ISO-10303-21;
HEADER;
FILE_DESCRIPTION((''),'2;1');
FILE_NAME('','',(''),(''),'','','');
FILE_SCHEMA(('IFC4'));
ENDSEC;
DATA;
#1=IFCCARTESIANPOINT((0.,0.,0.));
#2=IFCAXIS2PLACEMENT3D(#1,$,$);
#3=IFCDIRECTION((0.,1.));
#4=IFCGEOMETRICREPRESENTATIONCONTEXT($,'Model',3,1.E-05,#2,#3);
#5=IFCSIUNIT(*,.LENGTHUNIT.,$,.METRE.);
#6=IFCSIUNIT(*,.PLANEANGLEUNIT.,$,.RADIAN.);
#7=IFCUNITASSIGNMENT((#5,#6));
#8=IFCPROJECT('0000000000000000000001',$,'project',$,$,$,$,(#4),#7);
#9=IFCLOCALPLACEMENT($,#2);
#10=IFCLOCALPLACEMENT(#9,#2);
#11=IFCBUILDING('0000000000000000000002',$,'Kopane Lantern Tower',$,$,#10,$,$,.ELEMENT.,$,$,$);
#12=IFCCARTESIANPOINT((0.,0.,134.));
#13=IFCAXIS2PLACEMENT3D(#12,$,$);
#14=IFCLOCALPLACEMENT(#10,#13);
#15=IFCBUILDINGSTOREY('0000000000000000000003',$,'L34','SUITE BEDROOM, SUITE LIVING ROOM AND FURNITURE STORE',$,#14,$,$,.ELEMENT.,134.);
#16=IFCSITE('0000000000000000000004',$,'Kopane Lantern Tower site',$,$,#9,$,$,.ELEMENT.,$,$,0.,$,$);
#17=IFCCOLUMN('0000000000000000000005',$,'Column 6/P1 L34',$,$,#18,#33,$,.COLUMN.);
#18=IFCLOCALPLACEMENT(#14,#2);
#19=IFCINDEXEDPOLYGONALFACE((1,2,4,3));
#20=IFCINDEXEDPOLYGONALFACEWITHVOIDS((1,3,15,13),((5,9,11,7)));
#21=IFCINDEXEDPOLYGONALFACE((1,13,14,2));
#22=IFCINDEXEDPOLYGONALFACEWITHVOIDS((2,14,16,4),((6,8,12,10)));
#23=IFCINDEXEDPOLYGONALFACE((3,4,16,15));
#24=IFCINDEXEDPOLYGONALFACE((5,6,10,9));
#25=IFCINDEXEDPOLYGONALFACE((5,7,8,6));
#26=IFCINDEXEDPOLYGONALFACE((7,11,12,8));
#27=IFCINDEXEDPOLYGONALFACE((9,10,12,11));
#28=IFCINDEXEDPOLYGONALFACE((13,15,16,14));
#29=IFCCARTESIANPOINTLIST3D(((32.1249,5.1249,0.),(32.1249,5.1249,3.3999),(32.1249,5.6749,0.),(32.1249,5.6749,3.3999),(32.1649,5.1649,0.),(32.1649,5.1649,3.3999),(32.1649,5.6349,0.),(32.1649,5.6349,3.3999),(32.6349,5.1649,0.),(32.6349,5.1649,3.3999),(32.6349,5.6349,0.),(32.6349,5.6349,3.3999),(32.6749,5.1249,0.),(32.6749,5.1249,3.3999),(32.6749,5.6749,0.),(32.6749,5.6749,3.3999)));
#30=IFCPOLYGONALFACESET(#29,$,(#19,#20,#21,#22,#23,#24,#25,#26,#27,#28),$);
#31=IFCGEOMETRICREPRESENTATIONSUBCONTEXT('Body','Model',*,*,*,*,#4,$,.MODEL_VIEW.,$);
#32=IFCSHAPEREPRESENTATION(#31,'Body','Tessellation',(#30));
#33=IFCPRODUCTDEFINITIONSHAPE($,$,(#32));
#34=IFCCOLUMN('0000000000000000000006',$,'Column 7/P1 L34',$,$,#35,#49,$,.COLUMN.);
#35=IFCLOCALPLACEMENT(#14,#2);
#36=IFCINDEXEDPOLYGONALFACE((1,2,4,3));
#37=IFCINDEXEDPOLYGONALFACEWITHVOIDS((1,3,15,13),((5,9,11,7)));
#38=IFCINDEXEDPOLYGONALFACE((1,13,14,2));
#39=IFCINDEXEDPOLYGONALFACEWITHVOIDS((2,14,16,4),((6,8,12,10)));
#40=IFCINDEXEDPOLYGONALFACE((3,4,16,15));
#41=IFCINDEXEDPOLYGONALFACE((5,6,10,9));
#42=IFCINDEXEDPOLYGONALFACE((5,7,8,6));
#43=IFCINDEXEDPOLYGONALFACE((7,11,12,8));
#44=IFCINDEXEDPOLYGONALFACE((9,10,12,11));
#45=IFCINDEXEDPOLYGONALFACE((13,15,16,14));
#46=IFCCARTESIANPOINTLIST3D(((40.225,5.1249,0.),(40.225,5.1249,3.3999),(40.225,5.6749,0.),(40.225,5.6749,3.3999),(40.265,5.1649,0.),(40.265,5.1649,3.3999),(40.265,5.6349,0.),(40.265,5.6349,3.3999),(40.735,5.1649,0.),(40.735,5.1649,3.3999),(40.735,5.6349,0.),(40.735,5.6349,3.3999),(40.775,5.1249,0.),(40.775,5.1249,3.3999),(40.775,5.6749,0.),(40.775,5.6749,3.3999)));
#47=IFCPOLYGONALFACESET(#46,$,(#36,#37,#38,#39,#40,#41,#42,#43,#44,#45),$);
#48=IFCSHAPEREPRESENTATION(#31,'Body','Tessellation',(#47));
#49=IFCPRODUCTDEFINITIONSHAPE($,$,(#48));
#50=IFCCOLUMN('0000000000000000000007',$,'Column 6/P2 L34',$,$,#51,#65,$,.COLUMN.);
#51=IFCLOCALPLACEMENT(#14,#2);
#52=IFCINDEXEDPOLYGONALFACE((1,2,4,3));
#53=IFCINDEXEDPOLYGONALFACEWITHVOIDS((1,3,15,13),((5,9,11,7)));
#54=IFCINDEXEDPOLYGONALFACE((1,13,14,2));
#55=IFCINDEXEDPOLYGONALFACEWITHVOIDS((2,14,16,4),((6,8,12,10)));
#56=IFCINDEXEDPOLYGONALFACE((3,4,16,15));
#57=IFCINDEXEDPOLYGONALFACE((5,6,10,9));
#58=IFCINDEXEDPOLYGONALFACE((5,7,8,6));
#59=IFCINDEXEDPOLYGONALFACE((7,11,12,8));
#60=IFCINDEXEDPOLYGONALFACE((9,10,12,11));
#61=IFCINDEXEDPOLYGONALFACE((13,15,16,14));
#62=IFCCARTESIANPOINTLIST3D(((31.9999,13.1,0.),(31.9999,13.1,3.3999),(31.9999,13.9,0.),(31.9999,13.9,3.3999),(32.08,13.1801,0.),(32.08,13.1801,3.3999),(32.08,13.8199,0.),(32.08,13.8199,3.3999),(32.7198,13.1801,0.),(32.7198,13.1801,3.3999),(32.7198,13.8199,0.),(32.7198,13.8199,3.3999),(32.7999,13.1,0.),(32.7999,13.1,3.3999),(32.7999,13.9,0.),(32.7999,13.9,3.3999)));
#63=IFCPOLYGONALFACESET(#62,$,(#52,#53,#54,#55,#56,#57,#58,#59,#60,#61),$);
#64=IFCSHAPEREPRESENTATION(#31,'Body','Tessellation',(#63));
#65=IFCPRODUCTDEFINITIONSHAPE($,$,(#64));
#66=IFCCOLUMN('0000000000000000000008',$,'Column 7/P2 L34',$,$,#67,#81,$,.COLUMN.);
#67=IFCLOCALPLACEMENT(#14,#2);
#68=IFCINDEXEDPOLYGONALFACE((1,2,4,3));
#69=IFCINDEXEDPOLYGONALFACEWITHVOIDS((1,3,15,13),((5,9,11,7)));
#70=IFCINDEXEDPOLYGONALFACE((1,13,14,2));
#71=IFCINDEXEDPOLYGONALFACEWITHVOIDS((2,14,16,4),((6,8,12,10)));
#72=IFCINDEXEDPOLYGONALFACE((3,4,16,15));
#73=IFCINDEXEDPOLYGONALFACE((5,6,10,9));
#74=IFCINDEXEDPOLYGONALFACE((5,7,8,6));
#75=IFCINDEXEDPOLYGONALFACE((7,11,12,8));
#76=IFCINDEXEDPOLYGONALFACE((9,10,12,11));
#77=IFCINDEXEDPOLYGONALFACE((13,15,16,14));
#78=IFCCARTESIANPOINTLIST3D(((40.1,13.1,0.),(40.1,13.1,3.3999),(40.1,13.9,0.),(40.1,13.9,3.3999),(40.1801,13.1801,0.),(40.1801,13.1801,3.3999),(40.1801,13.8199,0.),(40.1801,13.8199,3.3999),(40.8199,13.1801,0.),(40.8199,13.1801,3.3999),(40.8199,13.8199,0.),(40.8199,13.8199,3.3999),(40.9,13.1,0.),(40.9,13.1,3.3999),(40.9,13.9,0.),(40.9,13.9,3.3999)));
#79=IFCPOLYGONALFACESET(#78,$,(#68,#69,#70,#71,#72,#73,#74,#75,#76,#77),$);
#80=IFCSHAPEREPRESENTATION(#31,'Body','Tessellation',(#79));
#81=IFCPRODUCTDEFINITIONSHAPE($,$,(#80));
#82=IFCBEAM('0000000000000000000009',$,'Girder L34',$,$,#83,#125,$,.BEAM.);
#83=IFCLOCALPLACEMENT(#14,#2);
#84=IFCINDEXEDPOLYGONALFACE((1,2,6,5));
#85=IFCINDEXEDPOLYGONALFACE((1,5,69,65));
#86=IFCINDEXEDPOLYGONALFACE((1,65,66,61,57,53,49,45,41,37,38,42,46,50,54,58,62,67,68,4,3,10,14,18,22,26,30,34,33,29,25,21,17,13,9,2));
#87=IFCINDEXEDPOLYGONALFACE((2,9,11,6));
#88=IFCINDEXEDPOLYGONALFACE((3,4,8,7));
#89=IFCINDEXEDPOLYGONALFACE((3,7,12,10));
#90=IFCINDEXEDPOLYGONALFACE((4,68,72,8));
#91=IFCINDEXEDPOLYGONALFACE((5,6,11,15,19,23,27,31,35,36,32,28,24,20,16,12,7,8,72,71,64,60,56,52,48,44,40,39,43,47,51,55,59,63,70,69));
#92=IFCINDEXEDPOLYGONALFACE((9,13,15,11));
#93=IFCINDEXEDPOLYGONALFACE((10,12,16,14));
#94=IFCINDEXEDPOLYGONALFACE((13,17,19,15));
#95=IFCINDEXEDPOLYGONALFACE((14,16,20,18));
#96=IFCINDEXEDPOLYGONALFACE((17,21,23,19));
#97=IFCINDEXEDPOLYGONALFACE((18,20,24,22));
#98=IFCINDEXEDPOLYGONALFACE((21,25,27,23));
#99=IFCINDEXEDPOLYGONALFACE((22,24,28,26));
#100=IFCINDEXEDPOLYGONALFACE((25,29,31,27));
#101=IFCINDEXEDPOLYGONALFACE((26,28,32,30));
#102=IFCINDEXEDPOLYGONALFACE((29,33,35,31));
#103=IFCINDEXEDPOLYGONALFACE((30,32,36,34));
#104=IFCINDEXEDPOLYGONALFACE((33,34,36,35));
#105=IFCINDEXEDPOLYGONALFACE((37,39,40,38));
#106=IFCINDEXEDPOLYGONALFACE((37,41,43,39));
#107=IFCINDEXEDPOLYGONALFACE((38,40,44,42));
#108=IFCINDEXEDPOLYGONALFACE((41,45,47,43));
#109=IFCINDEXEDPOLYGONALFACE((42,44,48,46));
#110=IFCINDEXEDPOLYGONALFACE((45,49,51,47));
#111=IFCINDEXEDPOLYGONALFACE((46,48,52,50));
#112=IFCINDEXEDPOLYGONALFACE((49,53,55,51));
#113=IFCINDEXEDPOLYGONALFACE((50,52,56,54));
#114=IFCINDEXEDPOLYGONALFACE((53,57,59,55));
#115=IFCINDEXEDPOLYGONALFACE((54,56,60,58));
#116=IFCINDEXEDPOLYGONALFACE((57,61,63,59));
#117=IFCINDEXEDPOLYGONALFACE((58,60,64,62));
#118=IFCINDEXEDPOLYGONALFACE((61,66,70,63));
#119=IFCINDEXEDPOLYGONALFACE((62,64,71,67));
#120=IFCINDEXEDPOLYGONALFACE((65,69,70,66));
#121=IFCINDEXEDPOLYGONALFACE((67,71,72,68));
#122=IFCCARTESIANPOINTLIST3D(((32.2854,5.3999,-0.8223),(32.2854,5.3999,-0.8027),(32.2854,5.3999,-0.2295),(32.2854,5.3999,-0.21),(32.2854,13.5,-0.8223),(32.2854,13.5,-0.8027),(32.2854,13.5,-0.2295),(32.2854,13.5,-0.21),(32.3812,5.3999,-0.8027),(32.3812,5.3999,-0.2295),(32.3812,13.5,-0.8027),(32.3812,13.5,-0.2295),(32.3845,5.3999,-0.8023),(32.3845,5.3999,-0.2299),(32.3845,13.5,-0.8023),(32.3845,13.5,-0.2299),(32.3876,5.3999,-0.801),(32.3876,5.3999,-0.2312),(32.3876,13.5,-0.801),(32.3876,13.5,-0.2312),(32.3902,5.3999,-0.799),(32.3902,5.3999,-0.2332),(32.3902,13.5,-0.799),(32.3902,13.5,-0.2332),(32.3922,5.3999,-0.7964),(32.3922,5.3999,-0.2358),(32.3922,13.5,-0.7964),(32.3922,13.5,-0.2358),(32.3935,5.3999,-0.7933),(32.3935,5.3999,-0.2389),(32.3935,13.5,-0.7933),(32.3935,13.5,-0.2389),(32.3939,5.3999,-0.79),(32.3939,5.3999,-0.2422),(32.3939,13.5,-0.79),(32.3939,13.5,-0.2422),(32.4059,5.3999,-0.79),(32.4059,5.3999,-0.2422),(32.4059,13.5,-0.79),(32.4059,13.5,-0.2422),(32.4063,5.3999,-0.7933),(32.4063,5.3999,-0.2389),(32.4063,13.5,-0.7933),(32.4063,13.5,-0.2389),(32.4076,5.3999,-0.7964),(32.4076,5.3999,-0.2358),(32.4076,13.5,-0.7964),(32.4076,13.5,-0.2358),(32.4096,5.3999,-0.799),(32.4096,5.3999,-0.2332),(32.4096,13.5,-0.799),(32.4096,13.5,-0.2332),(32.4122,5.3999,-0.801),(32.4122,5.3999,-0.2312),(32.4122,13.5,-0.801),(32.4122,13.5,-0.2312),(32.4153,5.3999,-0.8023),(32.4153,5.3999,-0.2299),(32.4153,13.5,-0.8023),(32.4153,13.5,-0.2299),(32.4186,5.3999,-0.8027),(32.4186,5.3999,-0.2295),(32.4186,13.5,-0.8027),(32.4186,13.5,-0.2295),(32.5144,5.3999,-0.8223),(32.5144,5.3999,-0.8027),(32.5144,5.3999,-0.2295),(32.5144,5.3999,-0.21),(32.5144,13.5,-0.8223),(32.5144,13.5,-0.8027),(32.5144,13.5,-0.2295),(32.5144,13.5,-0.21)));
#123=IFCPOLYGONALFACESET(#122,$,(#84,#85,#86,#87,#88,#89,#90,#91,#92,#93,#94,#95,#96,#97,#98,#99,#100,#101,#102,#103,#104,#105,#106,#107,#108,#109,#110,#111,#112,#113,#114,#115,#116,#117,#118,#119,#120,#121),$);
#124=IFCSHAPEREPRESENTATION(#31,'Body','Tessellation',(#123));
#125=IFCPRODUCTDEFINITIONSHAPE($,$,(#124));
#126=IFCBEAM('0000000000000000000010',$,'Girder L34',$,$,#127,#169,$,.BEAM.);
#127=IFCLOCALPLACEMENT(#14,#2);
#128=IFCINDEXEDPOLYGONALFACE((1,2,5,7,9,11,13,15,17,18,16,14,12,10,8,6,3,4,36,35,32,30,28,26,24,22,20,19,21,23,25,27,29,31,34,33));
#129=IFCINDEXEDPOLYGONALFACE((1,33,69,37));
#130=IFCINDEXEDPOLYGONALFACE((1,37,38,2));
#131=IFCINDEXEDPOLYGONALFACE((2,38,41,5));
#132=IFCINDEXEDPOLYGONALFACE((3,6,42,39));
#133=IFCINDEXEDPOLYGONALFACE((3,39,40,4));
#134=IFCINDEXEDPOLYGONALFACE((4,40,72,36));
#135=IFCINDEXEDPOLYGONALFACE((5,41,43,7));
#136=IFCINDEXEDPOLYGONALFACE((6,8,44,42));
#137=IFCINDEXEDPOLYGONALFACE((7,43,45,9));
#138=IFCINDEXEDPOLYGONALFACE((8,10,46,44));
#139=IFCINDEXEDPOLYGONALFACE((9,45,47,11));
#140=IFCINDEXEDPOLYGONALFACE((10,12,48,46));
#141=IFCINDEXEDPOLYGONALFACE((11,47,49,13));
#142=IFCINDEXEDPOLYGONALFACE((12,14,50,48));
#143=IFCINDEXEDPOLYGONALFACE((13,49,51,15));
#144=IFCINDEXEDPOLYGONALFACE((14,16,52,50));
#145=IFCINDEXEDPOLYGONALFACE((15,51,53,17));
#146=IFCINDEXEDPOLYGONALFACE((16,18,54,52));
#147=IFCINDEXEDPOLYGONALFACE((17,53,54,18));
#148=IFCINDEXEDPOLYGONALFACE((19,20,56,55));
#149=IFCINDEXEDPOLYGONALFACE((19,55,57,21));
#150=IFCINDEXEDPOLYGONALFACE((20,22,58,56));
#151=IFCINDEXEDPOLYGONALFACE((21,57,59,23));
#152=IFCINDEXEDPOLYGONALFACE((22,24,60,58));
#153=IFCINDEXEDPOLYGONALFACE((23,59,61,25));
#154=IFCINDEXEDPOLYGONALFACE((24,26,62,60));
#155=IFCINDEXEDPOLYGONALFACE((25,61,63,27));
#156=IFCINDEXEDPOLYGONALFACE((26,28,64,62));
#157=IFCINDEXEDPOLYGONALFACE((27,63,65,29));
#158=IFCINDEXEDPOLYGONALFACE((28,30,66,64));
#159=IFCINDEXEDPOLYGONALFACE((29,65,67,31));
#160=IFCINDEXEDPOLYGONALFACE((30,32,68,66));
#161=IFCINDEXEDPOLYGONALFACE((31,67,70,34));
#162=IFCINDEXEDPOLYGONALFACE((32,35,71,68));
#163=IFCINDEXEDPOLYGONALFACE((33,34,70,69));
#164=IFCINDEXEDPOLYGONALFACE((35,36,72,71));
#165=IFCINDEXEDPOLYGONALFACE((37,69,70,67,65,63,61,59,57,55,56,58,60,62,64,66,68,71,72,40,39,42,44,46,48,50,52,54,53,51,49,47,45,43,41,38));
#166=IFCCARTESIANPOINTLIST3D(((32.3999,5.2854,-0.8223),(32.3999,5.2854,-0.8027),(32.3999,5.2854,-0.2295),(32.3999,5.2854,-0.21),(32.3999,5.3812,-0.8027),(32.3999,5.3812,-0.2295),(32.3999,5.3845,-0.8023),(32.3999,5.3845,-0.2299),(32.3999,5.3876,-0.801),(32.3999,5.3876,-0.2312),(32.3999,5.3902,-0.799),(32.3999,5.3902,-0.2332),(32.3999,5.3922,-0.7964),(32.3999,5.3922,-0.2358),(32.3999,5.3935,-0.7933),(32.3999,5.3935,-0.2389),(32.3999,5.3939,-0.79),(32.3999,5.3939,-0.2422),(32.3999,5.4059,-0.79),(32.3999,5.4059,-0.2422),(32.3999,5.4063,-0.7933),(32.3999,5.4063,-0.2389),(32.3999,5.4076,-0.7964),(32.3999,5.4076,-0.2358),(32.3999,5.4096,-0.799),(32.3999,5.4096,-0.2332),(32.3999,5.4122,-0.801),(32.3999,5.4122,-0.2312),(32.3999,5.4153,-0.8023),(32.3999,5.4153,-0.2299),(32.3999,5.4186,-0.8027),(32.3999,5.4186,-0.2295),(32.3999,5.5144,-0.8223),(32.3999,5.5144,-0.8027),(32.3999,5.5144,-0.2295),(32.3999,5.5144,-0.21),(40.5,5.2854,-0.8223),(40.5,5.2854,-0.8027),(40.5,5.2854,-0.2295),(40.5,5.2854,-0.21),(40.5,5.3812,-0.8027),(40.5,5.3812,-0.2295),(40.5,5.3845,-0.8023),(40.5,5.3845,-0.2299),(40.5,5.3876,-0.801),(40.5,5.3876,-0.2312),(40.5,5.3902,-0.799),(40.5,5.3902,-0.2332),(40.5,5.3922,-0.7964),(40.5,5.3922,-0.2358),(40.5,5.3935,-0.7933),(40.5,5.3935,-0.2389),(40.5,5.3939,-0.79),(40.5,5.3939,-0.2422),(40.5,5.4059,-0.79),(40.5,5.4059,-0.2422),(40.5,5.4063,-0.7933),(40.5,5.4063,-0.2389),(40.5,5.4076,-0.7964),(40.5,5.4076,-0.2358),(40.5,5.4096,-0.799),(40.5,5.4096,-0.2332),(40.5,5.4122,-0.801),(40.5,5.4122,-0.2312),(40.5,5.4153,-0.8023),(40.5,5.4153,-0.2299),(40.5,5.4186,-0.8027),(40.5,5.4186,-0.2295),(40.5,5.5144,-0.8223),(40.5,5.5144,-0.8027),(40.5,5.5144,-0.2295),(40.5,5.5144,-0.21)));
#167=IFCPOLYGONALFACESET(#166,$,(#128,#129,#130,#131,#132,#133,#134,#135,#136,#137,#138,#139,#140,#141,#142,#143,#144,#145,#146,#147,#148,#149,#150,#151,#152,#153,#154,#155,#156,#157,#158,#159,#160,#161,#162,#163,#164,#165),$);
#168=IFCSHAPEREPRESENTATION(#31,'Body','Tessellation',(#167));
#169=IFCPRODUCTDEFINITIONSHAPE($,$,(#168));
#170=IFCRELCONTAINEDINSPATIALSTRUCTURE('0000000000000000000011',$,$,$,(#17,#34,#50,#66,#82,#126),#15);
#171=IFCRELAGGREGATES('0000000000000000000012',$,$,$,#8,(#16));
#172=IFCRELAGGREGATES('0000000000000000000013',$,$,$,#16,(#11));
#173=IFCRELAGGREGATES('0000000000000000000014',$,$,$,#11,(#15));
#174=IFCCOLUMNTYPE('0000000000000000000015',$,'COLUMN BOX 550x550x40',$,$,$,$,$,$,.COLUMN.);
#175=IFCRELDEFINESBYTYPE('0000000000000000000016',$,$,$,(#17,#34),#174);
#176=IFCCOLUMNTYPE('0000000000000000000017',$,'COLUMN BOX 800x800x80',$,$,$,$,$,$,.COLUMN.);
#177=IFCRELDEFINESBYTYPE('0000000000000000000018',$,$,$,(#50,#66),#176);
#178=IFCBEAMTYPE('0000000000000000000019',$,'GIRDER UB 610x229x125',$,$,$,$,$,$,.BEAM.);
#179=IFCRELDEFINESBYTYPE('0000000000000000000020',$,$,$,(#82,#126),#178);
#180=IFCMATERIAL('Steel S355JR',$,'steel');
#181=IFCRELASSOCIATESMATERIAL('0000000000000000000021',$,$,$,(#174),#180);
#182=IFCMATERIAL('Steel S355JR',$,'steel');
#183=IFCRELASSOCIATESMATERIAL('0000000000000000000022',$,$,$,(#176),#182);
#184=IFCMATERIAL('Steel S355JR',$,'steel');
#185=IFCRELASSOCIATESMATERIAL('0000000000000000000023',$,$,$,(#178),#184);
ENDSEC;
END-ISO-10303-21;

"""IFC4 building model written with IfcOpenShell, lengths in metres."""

from ifc_helpers import new_model, si_unit, direction, frame, origin, origin_2d, place, context, subcontext, project, spatial, hollow_rectangle, i_section, extrude, material, material_profile, profile_set, type_object, element, save


model = new_model("IFC4")

# Units and contexts
model_context = context("Model", 3, precision=1e-05, world=origin(), true_north=direction((0.0, 1.0)))
body_context = subcontext(model_context, "Body", "Model", "MODEL_VIEW")
ifc_project = project(units=[si_unit("LENGTHUNIT", "METRE"), si_unit("PLANEANGLEUNIT", "RADIAN")], contexts=[model_context])

# Site, building, storey
site_placement = place(None, origin())
site = spatial("IfcSite", under=ifc_project, at=site_placement, Name="Kopane Lantern Tower site", CompositionType="ELEMENT", RefElevation=0.0)
building_placement = place(site_placement, origin())
building = spatial("IfcBuilding", under=site, at=building_placement, Name="Kopane Lantern Tower", CompositionType="ELEMENT")
storey_placement = place(building_placement, frame((0.0, 0.0, 134.0)))
storey = spatial("IfcBuildingStorey", under=building, at=storey_placement, Name="L34", Description="SUITE BEDROOM, SUITE LIVING ROOM AND FURNITURE STORE", CompositionType="ELEMENT", Elevation=134.0)

# Columns
ifc_material_1 = material(Name="Steel S355JR", Category="steel")
ifc_material_profile_1 = material_profile(ifc_material_1, hollow_rectangle(XDim=0.55, YDim=0.55, WallThickness=0.04, at=origin_2d()), Name="BOX 550x550x40")
ifc_profile_set_1 = profile_set([ifc_material_profile_1], Name="Steel S355JR")
column_type_1 = type_object("IfcColumnType", Name="COLUMN BOX 550x550x40", PredefinedType="COLUMN", material=ifc_profile_set_1)
for number, where, z_axis, x_axis, name in (
    (1, (32.3999, 5.3999, 0.0), (0.0, 0.0, 1.0), (1.0, 0.0, 0.0), "Column 6/P1 L34"),
    (2, (40.5, 5.3999, 0.0), (0.0, 0.0, 1.0), (1.0, 0.0, 0.0), "Column 7/P1 L34"),
):
    element("IfcColumn", number, at=place(storey_placement, frame(where, z_axis=z_axis, x_axis=x_axis)), inside=storey, type_object=column_type_1, Name=name, PredefinedType="COLUMN", context=body_context, shape_type="SweptSolid", body=[
        extrude(hollow_rectangle(XDim=0.55, YDim=0.55, WallThickness=0.04, at=origin_2d()), origin(), (0.0, 0.0, 1.0), 3.3999),
    ])
ifc_material_2 = material(Name="Steel S355JR", Category="steel")
ifc_material_profile_2 = material_profile(ifc_material_2, hollow_rectangle(XDim=0.8, YDim=0.8, WallThickness=0.0801, at=origin_2d()), Name="BOX 800x800x80")
ifc_profile_set_2 = profile_set([ifc_material_profile_2], Name="Steel S355JR")
column_type_2 = type_object("IfcColumnType", Name="COLUMN BOX 800x800x80", PredefinedType="COLUMN", material=ifc_profile_set_2)
for number, where, z_axis, x_axis, name in (
    (3, (32.3999, 13.5, 0.0), (0.0, 0.0, 1.0), (1.0, 0.0, 0.0), "Column 6/P2 L34"),
    (4, (40.5, 13.5, 0.0), (0.0, 0.0, 1.0), (1.0, 0.0, 0.0), "Column 7/P2 L34"),
):
    element("IfcColumn", number, at=place(storey_placement, frame(where, z_axis=z_axis, x_axis=x_axis)), inside=storey, type_object=column_type_2, Name=name, PredefinedType="COLUMN", context=body_context, shape_type="SweptSolid", body=[
        extrude(hollow_rectangle(XDim=0.8, YDim=0.8, WallThickness=0.0801, at=origin_2d()), origin(), (0.0, 0.0, 1.0), 3.3999),
    ])

# Beams
ifc_material_3 = material(Name="Steel S355JR", Category="steel")
ifc_material_profile_3 = material_profile(ifc_material_3, i_section(OverallWidth=0.229, OverallDepth=0.6123, WebThickness=0.012, FlangeThickness=0.0195, FilletRadius=0.0127, at=origin_2d()), Name="UB 610x229x125")
ifc_profile_set_3 = profile_set([ifc_material_profile_3], Name="Steel S355JR")
beam_type = type_object("IfcBeamType", Name="GIRDER UB 610x229x125", PredefinedType="BEAM", material=ifc_profile_set_3)
for number, where, z_axis, x_axis, name in (
    (5, (32.3999, 5.3999, -0.5161), (0.0, 1.0, 0.0), (-1.0, 0.0, 0.0), "Girder L34"),
    (6, (32.3999, 5.3999, -0.5161), (1.0, 0.0, 0.0), (0.0, 1.0, 0.0), "Girder L34"),
):
    element("IfcBeam", number, at=place(storey_placement, frame(where, z_axis=z_axis, x_axis=x_axis)), inside=storey, type_object=beam_type, Name=name, PredefinedType="BEAM", context=body_context, shape_type="SweptSolid", body=[
        extrude(i_section(OverallWidth=0.229, OverallDepth=0.6123, WebThickness=0.012, FlangeThickness=0.0195, FilletRadius=0.0127, at=origin_2d()), origin(), (0.0, 0.0, 1.0), 8.1001),
    ])

save(model, "model.ifc")
